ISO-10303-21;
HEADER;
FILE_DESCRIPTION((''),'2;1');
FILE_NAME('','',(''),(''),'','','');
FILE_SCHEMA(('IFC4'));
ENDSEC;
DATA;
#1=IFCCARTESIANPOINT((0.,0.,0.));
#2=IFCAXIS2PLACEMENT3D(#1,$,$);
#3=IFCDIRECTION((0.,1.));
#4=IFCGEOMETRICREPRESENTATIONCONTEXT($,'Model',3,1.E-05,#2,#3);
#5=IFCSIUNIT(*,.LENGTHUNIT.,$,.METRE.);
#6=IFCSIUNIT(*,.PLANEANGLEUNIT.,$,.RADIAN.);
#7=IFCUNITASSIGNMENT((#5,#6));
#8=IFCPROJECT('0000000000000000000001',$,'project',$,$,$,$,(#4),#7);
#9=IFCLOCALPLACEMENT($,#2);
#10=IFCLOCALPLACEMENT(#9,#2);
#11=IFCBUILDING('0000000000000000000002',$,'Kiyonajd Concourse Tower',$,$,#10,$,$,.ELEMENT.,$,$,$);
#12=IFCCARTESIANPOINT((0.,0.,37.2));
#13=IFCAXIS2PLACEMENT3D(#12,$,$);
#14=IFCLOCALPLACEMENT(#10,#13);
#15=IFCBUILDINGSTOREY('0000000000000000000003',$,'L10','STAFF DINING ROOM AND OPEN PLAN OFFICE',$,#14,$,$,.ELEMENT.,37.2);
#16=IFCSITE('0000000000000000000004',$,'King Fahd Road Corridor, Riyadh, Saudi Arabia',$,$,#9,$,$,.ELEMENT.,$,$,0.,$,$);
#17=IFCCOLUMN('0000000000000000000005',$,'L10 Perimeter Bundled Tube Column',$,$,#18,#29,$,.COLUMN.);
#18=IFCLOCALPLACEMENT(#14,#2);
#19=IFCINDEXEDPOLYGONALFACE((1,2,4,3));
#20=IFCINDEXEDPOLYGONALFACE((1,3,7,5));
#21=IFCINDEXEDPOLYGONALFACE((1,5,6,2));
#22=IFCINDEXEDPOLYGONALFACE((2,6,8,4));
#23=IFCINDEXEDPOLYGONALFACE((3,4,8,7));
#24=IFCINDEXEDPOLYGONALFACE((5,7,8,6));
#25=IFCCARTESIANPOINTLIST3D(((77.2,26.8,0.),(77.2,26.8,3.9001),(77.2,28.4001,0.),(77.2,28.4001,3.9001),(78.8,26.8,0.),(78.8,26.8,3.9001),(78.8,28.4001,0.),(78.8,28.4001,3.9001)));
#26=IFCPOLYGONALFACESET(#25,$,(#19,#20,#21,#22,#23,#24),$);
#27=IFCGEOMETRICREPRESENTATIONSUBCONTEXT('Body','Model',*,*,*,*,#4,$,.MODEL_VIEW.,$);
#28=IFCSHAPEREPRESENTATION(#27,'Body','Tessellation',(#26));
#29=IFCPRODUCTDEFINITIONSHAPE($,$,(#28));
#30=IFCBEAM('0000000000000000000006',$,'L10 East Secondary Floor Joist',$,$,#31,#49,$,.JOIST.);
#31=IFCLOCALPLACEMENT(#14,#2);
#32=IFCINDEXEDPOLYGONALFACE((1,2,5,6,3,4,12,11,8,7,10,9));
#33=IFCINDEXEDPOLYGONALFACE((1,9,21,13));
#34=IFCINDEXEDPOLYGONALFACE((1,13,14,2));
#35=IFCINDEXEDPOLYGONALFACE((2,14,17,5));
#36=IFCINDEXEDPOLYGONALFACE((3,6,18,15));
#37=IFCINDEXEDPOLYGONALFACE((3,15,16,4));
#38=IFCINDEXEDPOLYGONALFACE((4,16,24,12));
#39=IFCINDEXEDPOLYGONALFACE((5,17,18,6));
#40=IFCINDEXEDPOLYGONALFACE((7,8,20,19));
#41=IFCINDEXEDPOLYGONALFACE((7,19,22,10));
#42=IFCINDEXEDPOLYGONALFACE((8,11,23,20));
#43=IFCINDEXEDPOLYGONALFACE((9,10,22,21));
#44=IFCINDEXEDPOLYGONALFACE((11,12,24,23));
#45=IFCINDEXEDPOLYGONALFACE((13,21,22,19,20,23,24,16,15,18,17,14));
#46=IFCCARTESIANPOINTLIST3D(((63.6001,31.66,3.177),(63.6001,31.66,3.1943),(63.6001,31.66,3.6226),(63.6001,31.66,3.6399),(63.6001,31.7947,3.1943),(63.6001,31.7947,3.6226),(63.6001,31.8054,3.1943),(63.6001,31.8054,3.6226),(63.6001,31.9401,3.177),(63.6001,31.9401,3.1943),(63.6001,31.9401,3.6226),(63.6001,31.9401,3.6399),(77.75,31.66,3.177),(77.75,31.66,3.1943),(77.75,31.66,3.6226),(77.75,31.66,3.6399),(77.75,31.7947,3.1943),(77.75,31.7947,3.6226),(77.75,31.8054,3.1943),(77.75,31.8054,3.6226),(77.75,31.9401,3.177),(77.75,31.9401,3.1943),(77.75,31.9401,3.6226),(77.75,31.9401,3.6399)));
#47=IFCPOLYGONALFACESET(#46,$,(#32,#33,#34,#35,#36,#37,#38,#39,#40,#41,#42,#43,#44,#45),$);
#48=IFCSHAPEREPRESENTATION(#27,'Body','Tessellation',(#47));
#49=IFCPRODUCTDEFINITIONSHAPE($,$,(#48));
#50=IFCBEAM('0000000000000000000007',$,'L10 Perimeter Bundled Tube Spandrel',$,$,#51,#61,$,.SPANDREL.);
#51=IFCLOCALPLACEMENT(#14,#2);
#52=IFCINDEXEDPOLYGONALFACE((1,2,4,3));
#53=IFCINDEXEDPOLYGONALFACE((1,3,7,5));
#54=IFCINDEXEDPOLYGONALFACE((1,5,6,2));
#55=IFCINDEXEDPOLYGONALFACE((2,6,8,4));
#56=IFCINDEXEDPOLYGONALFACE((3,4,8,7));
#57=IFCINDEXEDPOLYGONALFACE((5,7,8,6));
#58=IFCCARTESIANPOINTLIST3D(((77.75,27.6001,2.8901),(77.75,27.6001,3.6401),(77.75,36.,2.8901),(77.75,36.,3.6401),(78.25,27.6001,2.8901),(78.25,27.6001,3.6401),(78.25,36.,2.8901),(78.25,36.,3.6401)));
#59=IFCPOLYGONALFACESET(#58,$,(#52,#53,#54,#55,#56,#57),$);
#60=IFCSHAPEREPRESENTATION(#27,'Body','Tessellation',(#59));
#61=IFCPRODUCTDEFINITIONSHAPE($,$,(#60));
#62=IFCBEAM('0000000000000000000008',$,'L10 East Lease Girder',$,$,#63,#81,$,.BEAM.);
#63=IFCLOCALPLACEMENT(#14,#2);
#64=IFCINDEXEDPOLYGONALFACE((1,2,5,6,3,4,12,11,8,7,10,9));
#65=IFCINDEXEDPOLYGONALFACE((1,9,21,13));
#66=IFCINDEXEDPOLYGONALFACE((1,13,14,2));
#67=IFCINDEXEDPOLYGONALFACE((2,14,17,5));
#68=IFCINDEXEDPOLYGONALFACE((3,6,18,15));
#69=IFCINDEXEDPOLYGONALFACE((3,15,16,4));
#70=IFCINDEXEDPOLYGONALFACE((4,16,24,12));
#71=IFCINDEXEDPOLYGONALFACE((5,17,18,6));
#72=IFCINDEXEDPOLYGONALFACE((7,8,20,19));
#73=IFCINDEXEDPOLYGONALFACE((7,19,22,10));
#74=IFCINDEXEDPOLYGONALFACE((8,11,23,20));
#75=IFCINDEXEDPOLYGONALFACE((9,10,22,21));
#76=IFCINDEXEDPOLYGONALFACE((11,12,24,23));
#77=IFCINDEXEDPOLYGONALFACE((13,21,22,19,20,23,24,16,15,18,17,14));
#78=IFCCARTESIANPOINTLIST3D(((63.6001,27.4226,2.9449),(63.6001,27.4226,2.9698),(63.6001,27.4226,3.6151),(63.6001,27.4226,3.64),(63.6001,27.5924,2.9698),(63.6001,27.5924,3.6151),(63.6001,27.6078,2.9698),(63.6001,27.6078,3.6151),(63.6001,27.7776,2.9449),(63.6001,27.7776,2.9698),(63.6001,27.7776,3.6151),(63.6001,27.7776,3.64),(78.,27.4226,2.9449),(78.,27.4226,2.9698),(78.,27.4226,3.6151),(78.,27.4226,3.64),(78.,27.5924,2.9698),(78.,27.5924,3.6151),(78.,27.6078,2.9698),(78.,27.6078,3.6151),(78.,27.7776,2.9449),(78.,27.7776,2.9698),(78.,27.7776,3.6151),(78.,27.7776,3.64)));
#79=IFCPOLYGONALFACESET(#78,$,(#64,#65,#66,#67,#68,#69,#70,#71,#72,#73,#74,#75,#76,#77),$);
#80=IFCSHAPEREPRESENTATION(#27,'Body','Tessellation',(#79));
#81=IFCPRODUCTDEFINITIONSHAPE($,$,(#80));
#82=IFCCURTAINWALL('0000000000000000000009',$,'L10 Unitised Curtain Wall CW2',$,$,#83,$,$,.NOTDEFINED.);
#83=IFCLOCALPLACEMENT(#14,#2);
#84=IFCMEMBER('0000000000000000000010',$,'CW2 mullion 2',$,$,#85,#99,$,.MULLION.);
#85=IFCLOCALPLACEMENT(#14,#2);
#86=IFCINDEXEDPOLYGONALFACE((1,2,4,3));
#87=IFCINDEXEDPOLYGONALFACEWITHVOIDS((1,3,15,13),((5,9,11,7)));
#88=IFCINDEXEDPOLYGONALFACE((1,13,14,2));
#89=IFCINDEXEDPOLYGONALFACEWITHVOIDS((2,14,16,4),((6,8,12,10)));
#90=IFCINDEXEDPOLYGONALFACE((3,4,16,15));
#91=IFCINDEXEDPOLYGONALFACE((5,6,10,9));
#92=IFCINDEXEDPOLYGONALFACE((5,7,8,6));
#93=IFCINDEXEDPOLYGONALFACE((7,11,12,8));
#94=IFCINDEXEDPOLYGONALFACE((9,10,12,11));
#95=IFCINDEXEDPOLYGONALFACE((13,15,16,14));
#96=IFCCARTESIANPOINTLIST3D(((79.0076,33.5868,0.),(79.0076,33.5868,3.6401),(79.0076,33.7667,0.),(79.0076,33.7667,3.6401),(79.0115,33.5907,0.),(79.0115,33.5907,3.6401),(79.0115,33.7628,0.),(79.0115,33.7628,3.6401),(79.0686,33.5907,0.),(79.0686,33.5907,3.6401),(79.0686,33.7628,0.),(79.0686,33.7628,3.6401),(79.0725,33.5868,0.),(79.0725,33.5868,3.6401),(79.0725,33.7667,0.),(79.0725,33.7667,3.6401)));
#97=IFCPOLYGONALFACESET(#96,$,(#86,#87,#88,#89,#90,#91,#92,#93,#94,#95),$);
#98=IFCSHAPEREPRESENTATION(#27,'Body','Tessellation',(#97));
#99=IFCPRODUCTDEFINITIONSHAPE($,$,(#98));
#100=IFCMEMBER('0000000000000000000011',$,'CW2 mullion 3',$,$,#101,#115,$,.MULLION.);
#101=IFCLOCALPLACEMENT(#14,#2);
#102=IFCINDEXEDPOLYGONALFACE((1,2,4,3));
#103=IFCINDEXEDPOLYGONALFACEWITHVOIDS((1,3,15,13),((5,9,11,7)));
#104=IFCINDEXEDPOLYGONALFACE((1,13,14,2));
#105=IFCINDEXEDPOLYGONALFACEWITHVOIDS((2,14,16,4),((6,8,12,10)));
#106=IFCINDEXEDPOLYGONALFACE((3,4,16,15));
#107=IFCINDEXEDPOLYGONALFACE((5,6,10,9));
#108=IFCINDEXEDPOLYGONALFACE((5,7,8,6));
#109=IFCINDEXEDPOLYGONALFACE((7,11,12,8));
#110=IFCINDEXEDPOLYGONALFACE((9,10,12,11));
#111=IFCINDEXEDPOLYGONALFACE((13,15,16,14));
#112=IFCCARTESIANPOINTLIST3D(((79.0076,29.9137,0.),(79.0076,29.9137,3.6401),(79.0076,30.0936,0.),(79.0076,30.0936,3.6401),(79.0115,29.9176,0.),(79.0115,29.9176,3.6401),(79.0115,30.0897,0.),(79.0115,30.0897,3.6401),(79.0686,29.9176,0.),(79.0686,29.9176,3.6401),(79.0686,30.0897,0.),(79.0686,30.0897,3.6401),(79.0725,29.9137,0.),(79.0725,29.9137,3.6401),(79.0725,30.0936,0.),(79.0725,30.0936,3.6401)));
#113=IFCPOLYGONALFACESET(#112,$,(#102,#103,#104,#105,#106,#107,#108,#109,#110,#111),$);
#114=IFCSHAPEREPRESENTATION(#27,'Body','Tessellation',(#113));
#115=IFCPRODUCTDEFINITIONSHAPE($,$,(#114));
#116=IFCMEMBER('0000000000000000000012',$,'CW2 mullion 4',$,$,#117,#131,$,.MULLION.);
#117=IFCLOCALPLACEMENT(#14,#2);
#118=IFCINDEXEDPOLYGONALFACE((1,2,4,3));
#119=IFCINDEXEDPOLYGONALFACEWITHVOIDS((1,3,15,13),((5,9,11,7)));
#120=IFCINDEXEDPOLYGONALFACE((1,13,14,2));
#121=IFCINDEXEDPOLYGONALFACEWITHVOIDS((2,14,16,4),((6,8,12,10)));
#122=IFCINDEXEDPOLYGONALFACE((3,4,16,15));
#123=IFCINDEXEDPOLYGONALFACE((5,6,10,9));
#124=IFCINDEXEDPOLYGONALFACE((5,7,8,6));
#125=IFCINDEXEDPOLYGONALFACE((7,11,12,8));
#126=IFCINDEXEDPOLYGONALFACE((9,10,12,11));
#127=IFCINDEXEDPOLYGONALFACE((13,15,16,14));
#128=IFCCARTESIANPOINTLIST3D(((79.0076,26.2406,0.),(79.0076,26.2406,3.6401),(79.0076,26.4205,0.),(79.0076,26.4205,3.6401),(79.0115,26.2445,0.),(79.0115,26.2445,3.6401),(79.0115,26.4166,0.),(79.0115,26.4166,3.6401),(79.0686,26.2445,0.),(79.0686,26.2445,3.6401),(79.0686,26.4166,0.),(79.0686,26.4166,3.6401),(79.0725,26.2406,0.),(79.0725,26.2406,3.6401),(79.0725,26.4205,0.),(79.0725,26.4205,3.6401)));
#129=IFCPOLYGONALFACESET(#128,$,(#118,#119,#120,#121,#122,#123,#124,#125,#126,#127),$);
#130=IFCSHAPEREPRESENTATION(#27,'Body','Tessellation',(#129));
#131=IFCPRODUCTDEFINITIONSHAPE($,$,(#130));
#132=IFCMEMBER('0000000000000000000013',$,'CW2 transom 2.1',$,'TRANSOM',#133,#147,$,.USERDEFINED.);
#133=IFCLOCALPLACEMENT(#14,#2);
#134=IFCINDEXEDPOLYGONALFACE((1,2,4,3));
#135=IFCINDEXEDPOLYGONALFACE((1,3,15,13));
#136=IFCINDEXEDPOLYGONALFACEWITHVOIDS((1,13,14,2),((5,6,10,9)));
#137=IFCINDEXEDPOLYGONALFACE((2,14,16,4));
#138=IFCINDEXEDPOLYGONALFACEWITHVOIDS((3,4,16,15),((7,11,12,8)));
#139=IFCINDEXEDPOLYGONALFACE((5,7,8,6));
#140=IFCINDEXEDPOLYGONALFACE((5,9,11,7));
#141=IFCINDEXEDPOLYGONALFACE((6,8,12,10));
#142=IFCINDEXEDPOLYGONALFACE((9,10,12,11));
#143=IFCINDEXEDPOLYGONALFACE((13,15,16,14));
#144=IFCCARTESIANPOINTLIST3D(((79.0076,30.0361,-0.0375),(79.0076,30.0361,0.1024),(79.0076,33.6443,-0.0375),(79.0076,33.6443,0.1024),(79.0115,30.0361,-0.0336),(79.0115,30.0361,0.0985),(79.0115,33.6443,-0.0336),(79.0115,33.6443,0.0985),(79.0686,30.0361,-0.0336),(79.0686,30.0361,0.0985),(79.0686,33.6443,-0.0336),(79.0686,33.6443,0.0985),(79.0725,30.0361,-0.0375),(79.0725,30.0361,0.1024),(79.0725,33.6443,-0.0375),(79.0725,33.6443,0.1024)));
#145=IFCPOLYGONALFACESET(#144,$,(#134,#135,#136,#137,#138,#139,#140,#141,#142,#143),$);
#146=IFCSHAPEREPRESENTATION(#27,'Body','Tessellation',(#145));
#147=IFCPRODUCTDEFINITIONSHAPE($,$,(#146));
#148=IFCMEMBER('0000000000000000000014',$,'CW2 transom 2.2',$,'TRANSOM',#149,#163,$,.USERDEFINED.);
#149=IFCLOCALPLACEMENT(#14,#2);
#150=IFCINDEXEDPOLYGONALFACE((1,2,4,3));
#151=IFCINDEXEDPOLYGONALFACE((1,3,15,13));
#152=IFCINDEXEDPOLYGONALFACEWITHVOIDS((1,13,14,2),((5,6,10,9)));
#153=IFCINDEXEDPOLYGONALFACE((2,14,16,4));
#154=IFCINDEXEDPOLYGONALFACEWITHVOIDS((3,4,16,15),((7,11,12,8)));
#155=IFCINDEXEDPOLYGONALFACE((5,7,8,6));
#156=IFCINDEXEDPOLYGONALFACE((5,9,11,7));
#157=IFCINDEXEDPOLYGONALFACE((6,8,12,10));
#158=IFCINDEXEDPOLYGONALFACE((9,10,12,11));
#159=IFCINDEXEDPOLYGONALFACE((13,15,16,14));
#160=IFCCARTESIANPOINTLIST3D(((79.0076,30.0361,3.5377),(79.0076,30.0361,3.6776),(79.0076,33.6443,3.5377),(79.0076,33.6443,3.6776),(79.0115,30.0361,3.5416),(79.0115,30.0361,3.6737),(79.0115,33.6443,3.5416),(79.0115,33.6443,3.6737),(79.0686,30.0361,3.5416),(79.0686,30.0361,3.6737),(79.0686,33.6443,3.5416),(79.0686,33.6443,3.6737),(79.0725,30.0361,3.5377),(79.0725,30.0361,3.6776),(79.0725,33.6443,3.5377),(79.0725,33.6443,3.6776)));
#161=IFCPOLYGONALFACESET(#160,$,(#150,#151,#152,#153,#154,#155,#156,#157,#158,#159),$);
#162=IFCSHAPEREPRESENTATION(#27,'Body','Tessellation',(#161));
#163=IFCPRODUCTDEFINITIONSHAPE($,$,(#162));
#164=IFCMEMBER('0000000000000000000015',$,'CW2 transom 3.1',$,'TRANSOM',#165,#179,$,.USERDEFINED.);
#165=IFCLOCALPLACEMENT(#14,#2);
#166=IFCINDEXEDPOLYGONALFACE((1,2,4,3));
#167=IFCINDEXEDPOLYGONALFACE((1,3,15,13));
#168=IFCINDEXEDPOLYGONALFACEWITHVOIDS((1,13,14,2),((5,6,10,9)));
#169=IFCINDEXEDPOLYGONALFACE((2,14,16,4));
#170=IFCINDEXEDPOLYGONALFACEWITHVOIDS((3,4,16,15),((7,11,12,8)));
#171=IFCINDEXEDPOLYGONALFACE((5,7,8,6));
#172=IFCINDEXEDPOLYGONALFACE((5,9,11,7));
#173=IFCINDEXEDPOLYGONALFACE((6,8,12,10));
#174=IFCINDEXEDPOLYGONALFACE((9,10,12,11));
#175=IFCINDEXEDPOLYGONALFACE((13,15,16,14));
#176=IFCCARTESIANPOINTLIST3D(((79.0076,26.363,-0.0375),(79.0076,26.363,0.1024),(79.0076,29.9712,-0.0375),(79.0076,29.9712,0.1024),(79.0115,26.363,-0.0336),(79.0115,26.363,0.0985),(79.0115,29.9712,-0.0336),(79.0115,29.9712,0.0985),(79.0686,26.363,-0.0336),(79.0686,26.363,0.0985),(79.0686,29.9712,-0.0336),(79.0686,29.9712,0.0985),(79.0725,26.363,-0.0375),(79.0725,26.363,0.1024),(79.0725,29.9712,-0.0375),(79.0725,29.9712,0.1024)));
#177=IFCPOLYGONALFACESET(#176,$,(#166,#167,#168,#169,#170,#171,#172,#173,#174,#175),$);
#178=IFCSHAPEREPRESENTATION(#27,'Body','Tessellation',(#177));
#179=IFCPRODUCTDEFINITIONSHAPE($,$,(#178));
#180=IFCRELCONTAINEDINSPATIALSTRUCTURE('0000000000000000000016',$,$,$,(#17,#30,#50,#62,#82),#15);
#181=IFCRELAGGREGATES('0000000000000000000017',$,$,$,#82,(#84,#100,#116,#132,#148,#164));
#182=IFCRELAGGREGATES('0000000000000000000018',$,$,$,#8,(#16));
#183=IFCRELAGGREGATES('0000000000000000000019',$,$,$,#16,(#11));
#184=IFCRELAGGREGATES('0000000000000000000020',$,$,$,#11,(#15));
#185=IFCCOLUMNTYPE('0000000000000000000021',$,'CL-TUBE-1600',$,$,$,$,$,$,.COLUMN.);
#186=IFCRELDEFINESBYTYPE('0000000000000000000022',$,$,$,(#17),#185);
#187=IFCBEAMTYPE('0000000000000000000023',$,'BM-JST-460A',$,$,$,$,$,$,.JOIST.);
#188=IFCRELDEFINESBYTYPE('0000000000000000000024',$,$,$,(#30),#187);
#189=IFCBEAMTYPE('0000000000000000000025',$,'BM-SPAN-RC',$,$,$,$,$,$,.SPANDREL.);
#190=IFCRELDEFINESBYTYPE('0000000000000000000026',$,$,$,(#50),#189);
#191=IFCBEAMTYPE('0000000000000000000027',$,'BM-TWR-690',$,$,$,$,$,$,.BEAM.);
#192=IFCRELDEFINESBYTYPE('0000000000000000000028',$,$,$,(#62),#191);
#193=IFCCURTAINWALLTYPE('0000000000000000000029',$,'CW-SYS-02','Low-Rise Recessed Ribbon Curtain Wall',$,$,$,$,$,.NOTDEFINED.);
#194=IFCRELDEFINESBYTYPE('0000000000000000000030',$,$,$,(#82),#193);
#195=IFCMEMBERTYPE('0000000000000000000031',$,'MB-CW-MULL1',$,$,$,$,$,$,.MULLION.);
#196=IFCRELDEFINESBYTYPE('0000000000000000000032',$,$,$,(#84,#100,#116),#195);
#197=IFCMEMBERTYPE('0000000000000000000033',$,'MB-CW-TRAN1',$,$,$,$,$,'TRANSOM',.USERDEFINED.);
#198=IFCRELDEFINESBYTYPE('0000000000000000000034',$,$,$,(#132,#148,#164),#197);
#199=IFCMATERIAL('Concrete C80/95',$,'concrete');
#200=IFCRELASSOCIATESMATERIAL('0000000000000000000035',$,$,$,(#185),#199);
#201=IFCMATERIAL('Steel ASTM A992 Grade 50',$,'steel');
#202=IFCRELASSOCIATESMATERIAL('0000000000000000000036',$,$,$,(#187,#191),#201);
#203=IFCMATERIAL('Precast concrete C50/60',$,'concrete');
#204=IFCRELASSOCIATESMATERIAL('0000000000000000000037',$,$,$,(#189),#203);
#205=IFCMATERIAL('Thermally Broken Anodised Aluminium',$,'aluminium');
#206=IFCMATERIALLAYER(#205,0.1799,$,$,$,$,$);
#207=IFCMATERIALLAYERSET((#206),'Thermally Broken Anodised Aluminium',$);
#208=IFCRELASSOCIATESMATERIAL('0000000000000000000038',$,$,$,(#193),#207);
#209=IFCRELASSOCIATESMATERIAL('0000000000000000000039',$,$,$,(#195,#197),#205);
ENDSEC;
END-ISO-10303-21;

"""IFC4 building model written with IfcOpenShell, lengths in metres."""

from ifc_helpers import new_model, si_unit, direction, frame, origin, origin_2d, place, context, subcontext, project, spatial, rectangle, hollow_rectangle, i_section, extrude, material, layer, layer_set, material_profile, profile_set, type_object, element, aggregate, save


model = new_model("IFC4")

# Units and contexts
model_context = context("Model", 3, precision=1e-05, world=origin(), true_north=direction((0.0, 1.0)))
body_context = subcontext(model_context, "Body", "Model", "MODEL_VIEW")
ifc_project = project(units=[si_unit("LENGTHUNIT", "METRE"), si_unit("PLANEANGLEUNIT", "RADIAN")], contexts=[model_context])

# Site, building, storey
site_placement = place(None, origin())
site = spatial("IfcSite", under=ifc_project, at=site_placement, Name="King Fahd Road Corridor, Riyadh, Saudi Arabia", CompositionType="ELEMENT", RefElevation=0.0)
building_placement = place(site_placement, origin())
building = spatial("IfcBuilding", under=site, at=building_placement, Name="Kiyonajd Concourse Tower", CompositionType="ELEMENT")
storey_placement = place(building_placement, frame((0.0, 0.0, 37.2)))
storey = spatial("IfcBuildingStorey", under=building, at=storey_placement, Name="L10", Description="STAFF DINING ROOM AND OPEN PLAN OFFICE", CompositionType="ELEMENT", Elevation=37.2)

# Column
ifc_material_1 = material(Name="Concrete C80/95", Category="concrete")
ifc_material_profile_1 = material_profile(ifc_material_1, rectangle(XDim=1.6001, YDim=1.6001, at=origin_2d()), Name="RC-1600x1600")
ifc_profile_set_1 = profile_set([ifc_material_profile_1], Name="Concrete C80/95")
column_type = type_object("IfcColumnType", Name="CL-TUBE-1600", PredefinedType="COLUMN", material=ifc_profile_set_1)
column_placement = place(storey_placement, frame((78.0, 27.6001, 0.0), z_axis=(0.0, 0.0, 1.0), x_axis=(1.0, 0.0, 0.0)))
element("IfcColumn", 1, at=column_placement, inside=storey, type_object=column_type, Name="L10 Perimeter Bundled Tube Column", PredefinedType="COLUMN", context=body_context, shape_type="SweptSolid", body=[
    extrude(rectangle(XDim=1.6001, YDim=1.6001, at=origin_2d()), origin(), (0.0, 0.0, 1.0), 3.9001),
])

# Beams
ifc_material_2 = material(Name="Steel ASTM A992 Grade 50", Category="steel")
ifc_material_profile_2 = material_profile(ifc_material_2, i_section(OverallWidth=0.28, OverallDepth=0.4629, WebThickness=0.0107, FlangeThickness=0.0173, at=origin_2d()), Name="W460X113")
ifc_profile_set_2 = profile_set([ifc_material_profile_2], Name="Steel ASTM A992 Grade 50")
beam_type_1 = type_object("IfcBeamType", Name="BM-JST-460A", PredefinedType="JOIST", material=ifc_profile_set_2)
beam_1_placement = place(storey_placement, frame((63.6001, 31.8, 3.4084), z_axis=(1.0, 0.0, 0.0), x_axis=(0.0, 1.0, 0.0)))
element("IfcBeam", 2, at=beam_1_placement, inside=storey, type_object=beam_type_1, Name="L10 East Secondary Floor Joist", PredefinedType="JOIST", context=body_context, shape_type="SweptSolid", body=[
    extrude(i_section(OverallWidth=0.28, OverallDepth=0.4629, WebThickness=0.0107, FlangeThickness=0.0173, at=origin_2d()), origin(), (0.0, 0.0, 1.0), 14.1499),
])
ifc_material_3 = material(Name="Precast concrete C50/60", Category="concrete")
ifc_material_profile_3 = material_profile(ifc_material_3, rectangle(XDim=0.5, YDim=0.75, at=origin_2d()), Name="RCBM-500x750")
ifc_profile_set_3 = profile_set([ifc_material_profile_3], Name="Precast concrete C50/60")
beam_type_2 = type_object("IfcBeamType", Name="BM-SPAN-RC", PredefinedType="SPANDREL", material=ifc_profile_set_3)
beam_2_placement = place(storey_placement, frame((78.0, 27.6001, 3.2651), z_axis=(0.0, 1.0, 0.0), x_axis=(-1.0, 0.0, 0.0)))
element("IfcBeam", 3, at=beam_2_placement, inside=storey, type_object=beam_type_2, Name="L10 Perimeter Bundled Tube Spandrel", PredefinedType="SPANDREL", context=body_context, shape_type="SweptSolid", body=[
    extrude(rectangle(XDim=0.5, YDim=0.75, at=origin_2d()), origin(), (0.0, 0.0, 1.0), 8.3999),
])
ifc_material_profile_4 = material_profile(ifc_material_2, i_section(OverallWidth=0.355, OverallDepth=0.6951, WebThickness=0.0154, FlangeThickness=0.0249, at=origin_2d()), Name="W690X217")
ifc_profile_set_4 = profile_set([ifc_material_profile_4], Name="Steel ASTM A992 Grade 50")
beam_type_3 = type_object("IfcBeamType", Name="BM-TWR-690", PredefinedType="BEAM", material=ifc_profile_set_4)
beam_3_placement = place(storey_placement, frame((63.6001, 27.6001, 3.2925), z_axis=(1.0, 0.0, 0.0), x_axis=(0.0, 1.0, 0.0)))
element("IfcBeam", 4, at=beam_3_placement, inside=storey, type_object=beam_type_3, Name="L10 East Lease Girder", PredefinedType="BEAM", context=body_context, shape_type="SweptSolid", body=[
    extrude(i_section(OverallWidth=0.355, OverallDepth=0.6951, WebThickness=0.0154, FlangeThickness=0.0249, at=origin_2d()), origin(), (0.0, 0.0, 1.0), 14.3999),
])

# Curtain wall, members
ifc_material_4 = material(Name="Thermally Broken Anodised Aluminium", Category="aluminium")
ifc_layer_1 = layer(ifc_material_4, 0.1799)
ifc_layer_set_1 = layer_set([ifc_layer_1], Name="Thermally Broken Anodised Aluminium")
curtain_wall_type = type_object("IfcCurtainWallType", Name="CW-SYS-02", Description="Low-Rise Recessed Ribbon Curtain Wall", PredefinedType="NOTDEFINED", material=ifc_layer_set_1)
curtain_wall_placement = place(storey_placement, origin())
curtain_wall = element("IfcCurtainWall", 5, at=curtain_wall_placement, inside=storey, type_object=curtain_wall_type, Name="L10 Unitised Curtain Wall CW2", PredefinedType="NOTDEFINED")
ifc_material_profile_5 = material_profile(ifc_material_4, hollow_rectangle(XDim=0.0649, YDim=0.1799, WallThickness=0.0039, at=origin_2d()), Name="MULL-65x180")
ifc_profile_set_5 = profile_set([ifc_material_profile_5], Name="Thermally Broken Anodised Aluminium")
member_type_1 = type_object("IfcMemberType", Name="MB-CW-MULL1", PredefinedType="MULLION", material=ifc_profile_set_5)
member_1_placement = place(storey_placement, frame((79.04, 33.6768, 0.0), z_axis=(0.0, 0.0, 1.0), x_axis=(1.0, 0.0, 0.0)))
member_1 = element("IfcMember", 6, at=member_1_placement, type_object=member_type_1, Name="CW2 mullion 2", PredefinedType="MULLION", context=body_context, shape_type="SweptSolid", body=[
    extrude(hollow_rectangle(XDim=0.0649, YDim=0.1799, WallThickness=0.0039, at=origin_2d()), origin(), (0.0, 0.0, 1.0), 3.6401),
])
member_2_placement = place(storey_placement, frame((79.04, 30.0037, 0.0), z_axis=(0.0, 0.0, 1.0), x_axis=(1.0, 0.0, 0.0)))
member_2 = element("IfcMember", 7, at=member_2_placement, type_object=member_type_1, Name="CW2 mullion 3", PredefinedType="MULLION", context=body_context, shape_type="SweptSolid", body=[
    extrude(hollow_rectangle(XDim=0.0649, YDim=0.1799, WallThickness=0.0039, at=origin_2d()), origin(), (0.0, 0.0, 1.0), 3.6401),
])
member_3_placement = place(storey_placement, frame((79.04, 26.3306, 0.0), z_axis=(0.0, 0.0, 1.0), x_axis=(1.0, 0.0, 0.0)))
member_3 = element("IfcMember", 8, at=member_3_placement, type_object=member_type_1, Name="CW2 mullion 4", PredefinedType="MULLION", context=body_context, shape_type="SweptSolid", body=[
    extrude(hollow_rectangle(XDim=0.0649, YDim=0.1799, WallThickness=0.0039, at=origin_2d()), origin(), (0.0, 0.0, 1.0), 3.6401),
])
ifc_material_profile_6 = material_profile(ifc_material_4, hollow_rectangle(XDim=0.0649, YDim=0.1399, WallThickness=0.0039, at=origin_2d()), Name="TRAN-65x140")
ifc_profile_set_6 = profile_set([ifc_material_profile_6], Name="Thermally Broken Anodised Aluminium")
member_type_2 = type_object("IfcMemberType", Name="MB-CW-TRAN1", ElementType="TRANSOM", PredefinedType="USERDEFINED", material=ifc_profile_set_6)
member_4_placement = place(storey_placement, frame((79.04, 33.6443, 0.0325), z_axis=(0.0, -1.0, 0.0), x_axis=(1.0, 0.0, 0.0)))
member_4 = element("IfcMember", 9, at=member_4_placement, type_object=member_type_2, Name="CW2 transom 2.1", ObjectType="TRANSOM", PredefinedType="USERDEFINED", context=body_context, shape_type="SweptSolid", body=[
    extrude(hollow_rectangle(XDim=0.0649, YDim=0.1399, WallThickness=0.0039, at=origin_2d()), origin(), (0.0, 0.0, 1.0), 3.6082),
])
member_5_placement = place(storey_placement, frame((79.04, 33.6443, 3.6077), z_axis=(0.0, -1.0, 0.0), x_axis=(1.0, 0.0, 0.0)))
member_5 = element("IfcMember", 10, at=member_5_placement, type_object=member_type_2, Name="CW2 transom 2.2", ObjectType="TRANSOM", PredefinedType="USERDEFINED", context=body_context, shape_type="SweptSolid", body=[
    extrude(hollow_rectangle(XDim=0.0649, YDim=0.1399, WallThickness=0.0039, at=origin_2d()), origin(), (0.0, 0.0, 1.0), 3.6082),
])
member_6_placement = place(storey_placement, frame((79.04, 29.9712, 0.0325), z_axis=(0.0, -1.0, 0.0), x_axis=(1.0, 0.0, 0.0)))
member_6 = element("IfcMember", 11, at=member_6_placement, type_object=member_type_2, Name="CW2 transom 3.1", ObjectType="TRANSOM", PredefinedType="USERDEFINED", context=body_context, shape_type="SweptSolid", body=[
    extrude(hollow_rectangle(XDim=0.0649, YDim=0.1399, WallThickness=0.0039, at=origin_2d()), origin(), (0.0, 0.0, 1.0), 3.6082),
])
aggregate(curtain_wall, [member_1, member_2, member_3, member_4, member_5, member_6])

save(model, "model.ifc")
